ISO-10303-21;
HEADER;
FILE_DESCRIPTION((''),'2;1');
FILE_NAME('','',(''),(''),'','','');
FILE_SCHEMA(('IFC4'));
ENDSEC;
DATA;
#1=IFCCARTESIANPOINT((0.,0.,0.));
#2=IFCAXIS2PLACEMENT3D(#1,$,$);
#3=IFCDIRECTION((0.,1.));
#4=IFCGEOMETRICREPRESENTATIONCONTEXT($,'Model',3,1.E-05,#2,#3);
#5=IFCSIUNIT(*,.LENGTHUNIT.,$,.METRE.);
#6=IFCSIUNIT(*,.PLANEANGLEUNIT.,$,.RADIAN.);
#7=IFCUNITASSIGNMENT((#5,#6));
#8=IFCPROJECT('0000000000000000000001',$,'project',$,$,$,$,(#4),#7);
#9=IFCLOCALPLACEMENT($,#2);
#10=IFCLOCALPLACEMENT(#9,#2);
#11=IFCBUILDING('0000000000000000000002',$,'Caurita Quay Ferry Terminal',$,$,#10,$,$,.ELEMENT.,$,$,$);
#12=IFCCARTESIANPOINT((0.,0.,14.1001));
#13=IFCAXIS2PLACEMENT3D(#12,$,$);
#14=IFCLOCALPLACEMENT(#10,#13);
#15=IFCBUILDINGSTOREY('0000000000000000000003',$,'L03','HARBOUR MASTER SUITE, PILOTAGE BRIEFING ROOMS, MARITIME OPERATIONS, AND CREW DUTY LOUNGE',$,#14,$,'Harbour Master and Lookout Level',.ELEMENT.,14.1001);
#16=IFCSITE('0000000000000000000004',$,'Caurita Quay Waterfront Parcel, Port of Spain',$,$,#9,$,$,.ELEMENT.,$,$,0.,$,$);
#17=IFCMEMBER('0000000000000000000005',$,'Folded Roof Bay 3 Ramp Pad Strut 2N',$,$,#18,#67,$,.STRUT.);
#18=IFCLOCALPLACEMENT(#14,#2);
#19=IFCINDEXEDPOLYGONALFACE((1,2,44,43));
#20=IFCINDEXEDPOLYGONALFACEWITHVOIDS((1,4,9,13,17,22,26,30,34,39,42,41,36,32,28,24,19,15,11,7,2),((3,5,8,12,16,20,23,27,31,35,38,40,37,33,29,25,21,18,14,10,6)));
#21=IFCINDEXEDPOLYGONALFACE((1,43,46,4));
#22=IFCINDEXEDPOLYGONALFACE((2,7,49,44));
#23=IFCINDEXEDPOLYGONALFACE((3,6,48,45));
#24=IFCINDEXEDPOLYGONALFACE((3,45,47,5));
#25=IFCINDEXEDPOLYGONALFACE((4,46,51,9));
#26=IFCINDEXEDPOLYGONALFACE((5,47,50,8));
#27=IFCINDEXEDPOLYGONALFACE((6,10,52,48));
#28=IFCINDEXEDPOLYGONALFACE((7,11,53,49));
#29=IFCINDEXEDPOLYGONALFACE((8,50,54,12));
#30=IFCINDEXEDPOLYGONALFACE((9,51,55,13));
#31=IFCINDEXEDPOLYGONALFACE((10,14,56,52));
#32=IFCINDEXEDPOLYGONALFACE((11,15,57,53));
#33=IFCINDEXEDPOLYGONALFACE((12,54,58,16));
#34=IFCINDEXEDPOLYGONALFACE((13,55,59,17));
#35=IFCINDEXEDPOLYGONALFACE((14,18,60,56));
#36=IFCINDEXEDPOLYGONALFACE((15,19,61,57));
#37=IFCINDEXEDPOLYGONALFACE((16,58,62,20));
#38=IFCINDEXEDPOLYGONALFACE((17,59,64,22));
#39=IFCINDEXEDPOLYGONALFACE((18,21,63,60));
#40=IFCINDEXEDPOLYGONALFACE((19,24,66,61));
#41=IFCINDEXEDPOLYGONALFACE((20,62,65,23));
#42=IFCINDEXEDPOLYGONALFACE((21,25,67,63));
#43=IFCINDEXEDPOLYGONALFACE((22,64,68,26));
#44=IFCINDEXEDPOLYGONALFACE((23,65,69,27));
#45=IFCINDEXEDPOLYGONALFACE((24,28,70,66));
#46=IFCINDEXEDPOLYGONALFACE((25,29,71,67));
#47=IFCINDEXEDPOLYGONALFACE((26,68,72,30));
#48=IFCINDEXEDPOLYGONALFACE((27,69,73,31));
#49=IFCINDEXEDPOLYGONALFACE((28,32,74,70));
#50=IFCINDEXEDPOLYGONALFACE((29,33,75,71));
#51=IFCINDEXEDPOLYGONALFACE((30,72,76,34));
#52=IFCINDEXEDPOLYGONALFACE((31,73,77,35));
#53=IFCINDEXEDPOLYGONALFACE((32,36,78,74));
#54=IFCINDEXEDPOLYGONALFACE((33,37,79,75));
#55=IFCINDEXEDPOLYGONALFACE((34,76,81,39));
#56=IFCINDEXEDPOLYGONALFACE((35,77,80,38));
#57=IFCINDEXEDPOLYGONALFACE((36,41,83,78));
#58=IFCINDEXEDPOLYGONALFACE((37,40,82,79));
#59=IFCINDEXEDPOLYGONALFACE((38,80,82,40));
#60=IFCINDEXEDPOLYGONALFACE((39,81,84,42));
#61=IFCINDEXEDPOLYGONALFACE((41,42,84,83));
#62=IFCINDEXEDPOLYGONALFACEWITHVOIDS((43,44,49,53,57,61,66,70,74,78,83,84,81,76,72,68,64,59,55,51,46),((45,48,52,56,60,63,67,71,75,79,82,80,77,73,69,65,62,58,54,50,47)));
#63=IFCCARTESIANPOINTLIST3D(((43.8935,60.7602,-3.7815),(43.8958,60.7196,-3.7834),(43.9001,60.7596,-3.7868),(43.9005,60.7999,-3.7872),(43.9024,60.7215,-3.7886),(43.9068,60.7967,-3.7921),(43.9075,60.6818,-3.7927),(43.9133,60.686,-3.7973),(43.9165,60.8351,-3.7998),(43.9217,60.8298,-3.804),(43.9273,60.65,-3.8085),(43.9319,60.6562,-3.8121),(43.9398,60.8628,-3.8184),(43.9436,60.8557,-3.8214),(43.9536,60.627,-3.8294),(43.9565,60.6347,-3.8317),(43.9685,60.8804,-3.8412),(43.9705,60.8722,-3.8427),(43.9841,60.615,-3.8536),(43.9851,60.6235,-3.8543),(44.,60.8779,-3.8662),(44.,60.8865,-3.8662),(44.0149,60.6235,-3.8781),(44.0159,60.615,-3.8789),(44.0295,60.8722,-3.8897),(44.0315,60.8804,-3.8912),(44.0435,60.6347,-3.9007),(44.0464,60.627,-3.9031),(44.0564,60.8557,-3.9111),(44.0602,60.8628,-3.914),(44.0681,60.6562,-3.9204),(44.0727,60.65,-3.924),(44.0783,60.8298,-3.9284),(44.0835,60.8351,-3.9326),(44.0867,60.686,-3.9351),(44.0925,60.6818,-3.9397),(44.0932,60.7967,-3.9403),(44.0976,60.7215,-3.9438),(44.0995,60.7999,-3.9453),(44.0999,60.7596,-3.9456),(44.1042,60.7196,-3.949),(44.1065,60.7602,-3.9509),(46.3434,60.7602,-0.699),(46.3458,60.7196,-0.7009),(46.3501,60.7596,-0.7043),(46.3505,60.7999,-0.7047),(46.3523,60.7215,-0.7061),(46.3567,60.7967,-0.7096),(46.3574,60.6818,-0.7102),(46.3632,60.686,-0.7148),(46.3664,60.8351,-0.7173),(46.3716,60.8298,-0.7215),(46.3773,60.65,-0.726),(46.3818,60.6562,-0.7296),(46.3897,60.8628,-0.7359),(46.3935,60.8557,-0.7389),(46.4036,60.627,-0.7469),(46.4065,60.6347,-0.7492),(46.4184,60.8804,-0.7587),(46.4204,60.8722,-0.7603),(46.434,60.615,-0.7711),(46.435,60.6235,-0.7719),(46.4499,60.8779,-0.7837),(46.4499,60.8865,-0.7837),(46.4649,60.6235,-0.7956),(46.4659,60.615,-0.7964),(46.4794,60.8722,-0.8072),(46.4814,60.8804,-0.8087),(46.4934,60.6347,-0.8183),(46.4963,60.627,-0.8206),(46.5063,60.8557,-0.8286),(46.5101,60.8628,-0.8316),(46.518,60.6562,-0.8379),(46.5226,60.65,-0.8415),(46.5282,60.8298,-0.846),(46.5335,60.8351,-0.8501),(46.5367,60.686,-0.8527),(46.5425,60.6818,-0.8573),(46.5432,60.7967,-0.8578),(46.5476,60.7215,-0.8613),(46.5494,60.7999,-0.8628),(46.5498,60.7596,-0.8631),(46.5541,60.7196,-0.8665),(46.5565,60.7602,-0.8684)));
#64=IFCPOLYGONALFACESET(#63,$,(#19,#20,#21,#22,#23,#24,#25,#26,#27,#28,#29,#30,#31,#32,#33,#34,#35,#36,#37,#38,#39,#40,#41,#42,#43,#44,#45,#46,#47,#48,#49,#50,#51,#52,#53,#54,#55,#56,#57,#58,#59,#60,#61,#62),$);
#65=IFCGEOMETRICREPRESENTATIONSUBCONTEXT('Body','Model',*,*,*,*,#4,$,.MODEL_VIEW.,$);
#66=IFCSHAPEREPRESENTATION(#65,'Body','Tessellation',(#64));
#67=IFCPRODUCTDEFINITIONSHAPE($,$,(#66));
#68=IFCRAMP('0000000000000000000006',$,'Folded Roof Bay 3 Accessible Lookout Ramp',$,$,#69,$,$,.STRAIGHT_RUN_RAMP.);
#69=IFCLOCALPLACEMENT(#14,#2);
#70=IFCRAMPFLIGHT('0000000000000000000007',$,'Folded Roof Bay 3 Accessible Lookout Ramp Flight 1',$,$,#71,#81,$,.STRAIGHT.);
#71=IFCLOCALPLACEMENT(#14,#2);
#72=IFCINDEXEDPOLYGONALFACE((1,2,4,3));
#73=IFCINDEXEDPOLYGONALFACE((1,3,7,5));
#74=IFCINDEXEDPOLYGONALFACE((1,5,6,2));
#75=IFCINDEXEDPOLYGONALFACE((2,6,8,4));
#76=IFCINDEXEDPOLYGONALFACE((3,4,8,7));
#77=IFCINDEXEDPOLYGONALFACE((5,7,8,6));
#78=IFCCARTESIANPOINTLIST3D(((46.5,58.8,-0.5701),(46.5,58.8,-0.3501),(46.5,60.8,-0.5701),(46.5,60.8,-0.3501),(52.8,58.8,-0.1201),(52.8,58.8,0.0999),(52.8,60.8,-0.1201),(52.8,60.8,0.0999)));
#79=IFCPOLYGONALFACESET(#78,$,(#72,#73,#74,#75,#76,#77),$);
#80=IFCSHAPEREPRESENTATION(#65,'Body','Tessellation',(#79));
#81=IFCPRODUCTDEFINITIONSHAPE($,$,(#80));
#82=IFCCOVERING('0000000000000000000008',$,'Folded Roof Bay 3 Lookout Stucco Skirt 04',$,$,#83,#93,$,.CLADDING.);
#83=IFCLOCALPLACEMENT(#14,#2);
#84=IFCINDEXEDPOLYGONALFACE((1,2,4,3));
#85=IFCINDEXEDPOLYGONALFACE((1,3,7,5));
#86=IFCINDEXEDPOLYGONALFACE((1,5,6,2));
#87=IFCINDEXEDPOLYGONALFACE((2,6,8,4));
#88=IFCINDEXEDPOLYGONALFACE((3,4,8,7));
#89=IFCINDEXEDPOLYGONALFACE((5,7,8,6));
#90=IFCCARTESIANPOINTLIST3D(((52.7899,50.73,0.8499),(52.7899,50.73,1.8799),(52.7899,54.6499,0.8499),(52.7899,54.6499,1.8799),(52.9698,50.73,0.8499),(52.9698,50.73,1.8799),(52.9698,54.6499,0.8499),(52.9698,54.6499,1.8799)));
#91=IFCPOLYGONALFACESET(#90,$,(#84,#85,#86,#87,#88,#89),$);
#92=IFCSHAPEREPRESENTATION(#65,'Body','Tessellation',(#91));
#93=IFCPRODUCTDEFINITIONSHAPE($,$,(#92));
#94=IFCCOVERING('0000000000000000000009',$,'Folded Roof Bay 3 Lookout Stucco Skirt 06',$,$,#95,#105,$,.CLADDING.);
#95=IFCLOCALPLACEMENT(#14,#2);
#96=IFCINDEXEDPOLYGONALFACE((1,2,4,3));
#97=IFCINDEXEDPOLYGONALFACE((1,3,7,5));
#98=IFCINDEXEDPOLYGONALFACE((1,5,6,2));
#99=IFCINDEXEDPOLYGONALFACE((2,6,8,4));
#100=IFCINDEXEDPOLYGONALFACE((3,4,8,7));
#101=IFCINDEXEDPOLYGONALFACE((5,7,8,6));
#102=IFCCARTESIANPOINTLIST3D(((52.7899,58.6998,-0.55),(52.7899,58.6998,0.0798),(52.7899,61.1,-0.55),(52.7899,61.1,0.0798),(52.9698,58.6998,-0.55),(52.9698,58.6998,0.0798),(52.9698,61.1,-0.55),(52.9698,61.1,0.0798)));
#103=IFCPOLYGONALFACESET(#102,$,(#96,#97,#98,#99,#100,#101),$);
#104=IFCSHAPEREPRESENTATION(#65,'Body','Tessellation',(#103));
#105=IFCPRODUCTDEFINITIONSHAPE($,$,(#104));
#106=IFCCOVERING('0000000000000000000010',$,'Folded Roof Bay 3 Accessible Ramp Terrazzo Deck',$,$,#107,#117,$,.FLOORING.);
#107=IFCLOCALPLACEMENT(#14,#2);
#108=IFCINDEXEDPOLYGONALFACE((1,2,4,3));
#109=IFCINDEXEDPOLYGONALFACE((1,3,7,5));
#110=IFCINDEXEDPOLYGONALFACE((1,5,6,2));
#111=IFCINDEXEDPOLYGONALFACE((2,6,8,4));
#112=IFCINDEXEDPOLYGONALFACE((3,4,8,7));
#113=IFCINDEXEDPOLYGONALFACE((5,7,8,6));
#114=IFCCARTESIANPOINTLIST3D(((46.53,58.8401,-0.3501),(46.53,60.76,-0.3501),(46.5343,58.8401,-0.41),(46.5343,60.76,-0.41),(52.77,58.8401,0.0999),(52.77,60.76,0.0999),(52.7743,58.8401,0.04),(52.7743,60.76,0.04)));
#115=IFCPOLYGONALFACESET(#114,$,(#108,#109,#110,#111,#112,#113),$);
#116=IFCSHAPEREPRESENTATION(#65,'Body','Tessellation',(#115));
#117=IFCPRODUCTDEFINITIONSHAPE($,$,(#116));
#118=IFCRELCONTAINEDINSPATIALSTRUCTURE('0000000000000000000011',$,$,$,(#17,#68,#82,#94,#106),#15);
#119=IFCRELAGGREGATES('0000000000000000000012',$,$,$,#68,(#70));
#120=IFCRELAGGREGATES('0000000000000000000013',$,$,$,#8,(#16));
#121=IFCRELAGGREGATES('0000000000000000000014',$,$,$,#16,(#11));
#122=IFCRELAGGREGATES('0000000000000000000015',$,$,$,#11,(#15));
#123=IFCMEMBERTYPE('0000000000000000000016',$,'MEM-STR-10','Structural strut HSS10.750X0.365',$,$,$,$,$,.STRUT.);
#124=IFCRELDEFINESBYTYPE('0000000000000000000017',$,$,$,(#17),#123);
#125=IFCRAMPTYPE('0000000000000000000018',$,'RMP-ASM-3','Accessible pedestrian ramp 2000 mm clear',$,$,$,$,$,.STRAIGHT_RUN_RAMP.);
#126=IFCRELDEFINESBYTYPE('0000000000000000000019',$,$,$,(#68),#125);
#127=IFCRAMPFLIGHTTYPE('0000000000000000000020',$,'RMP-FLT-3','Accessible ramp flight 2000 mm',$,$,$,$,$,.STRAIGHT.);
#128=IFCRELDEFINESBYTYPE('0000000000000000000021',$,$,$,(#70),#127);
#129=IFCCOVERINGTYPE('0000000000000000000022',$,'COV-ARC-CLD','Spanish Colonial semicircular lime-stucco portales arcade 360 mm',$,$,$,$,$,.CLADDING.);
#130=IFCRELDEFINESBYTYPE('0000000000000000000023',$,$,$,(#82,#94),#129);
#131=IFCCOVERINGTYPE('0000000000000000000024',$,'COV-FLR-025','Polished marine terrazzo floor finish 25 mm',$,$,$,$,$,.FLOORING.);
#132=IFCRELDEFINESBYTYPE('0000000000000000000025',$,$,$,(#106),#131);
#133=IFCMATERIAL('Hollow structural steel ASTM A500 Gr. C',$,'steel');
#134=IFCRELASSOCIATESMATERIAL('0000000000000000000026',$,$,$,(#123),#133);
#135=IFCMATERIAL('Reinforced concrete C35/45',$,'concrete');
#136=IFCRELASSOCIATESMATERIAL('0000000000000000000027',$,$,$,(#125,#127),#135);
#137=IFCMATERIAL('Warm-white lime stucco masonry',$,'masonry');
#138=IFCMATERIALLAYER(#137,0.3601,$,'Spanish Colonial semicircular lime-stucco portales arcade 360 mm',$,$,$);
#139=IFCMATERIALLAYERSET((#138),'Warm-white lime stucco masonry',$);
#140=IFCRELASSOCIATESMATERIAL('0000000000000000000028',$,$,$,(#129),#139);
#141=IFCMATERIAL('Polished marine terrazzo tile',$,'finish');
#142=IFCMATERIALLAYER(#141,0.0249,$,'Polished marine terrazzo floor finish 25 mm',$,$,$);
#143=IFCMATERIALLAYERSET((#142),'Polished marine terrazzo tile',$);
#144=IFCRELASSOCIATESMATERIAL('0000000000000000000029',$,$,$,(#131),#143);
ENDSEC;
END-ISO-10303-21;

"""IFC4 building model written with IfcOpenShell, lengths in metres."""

from ifc_helpers import new_model, si_unit, direction, frame, frame_2d, origin, origin_2d, place, context, subcontext, project, spatial, polyline, rectangle, hollow_circle, outline, extrude, material, layer, layer_set, material_profile, profile_set, type_object, element, aggregate, save


model = new_model("IFC4")

# Units and contexts
model_context = context("Model", 3, precision=1e-05, world=origin(), true_north=direction((0.0, 1.0)))
body_context = subcontext(model_context, "Body", "Model", "MODEL_VIEW")
ifc_project = project(units=[si_unit("LENGTHUNIT", "METRE"), si_unit("PLANEANGLEUNIT", "RADIAN")], contexts=[model_context])

# Site, building, storey
site_placement = place(None, origin())
site = spatial("IfcSite", under=ifc_project, at=site_placement, Name="Caurita Quay Waterfront Parcel, Port of Spain", CompositionType="ELEMENT", RefElevation=0.0)
building_placement = place(site_placement, origin())
building = spatial("IfcBuilding", under=site, at=building_placement, Name="Caurita Quay Ferry Terminal", CompositionType="ELEMENT")
storey_placement = place(building_placement, frame((0.0, 0.0, 14.1001)))
storey = spatial("IfcBuildingStorey", under=building, at=storey_placement, Name="L03", Description="HARBOUR MASTER SUITE, PILOTAGE BRIEFING ROOMS, MARITIME OPERATIONS, AND CREW DUTY LOUNGE", LongName="Harbour Master and Lookout Level", CompositionType="ELEMENT", Elevation=14.1001)

# Shared definitions
ifc_material_1 = material(Name="Reinforced concrete C35/45", Category="concrete")

# Member
ifc_material_2 = material(Name="Hollow structural steel ASTM A500 Gr. C", Category="steel")
ifc_material_profile_1 = material_profile(ifc_material_2, hollow_circle(Radius=0.1365, WallThickness=0.0085, at=origin_2d()), Name="HSS10.750X0.365")
ifc_profile_set_1 = profile_set([ifc_material_profile_1], Name="Hollow structural steel ASTM A500 Gr. C")
member_type_1 = type_object("IfcMemberType", Name="MEM-STR-10", Description="Structural strut HSS10.750X0.365", PredefinedType="STRUT", material=ifc_profile_set_1)
member_1_placement = place(storey_placement, frame((44.0, 60.75, -3.8662), z_axis=(0.622204, 0.0, 0.782855), x_axis=(0.0, 1.0, 0.0)))
element("IfcMember", 1, at=member_1_placement, inside=storey, type_object=member_type_1, Name="Folded Roof Bay 3 Ramp Pad Strut 2N", PredefinedType="STRUT", context=body_context, shape_type="SweptSolid", body=[
    extrude(hollow_circle(Radius=0.1365, WallThickness=0.0085, at=origin_2d()), origin(), (0.0, 0.0, 1.0), 3.9375),
])

# Ramp, ramp flight
ramp_type = type_object("IfcRampType", Name="RMP-ASM-3", Description="Accessible pedestrian ramp 2000 mm clear", PredefinedType="STRAIGHT_RUN_RAMP", material=ifc_material_1)
ramp_placement = place(storey_placement, origin())
ramp = element("IfcRamp", 2, at=ramp_placement, inside=storey, type_object=ramp_type, Name="Folded Roof Bay 3 Accessible Lookout Ramp", PredefinedType="STRAIGHT_RUN_RAMP")
ramp_flight_type = type_object("IfcRampFlightType", Name="RMP-FLT-3", Description="Accessible ramp flight 2000 mm", PredefinedType="STRAIGHT", material=ifc_material_1)
ramp_flight_placement = place(storey_placement, frame((46.5, 59.8, -0.3501), z_axis=(0.0, 0.0, 1.0), x_axis=(1.0, 0.0, 0.0)))
ramp_flight = element("IfcRampFlight", 3, at=ramp_flight_placement, type_object=ramp_flight_type, Name="Folded Roof Bay 3 Accessible Lookout Ramp Flight 1", PredefinedType="STRAIGHT", context=body_context, shape_type="SweptSolid", body=[
    extrude(outline(polyline([(0.0, 0.0), (0.0, -0.22), (6.3, 0.23), (6.3, 0.45), (0.0, 0.0)])), frame((0.0, 1.0, 0.0), z_axis=(0.0, -1.0, 0.0), x_axis=(1.0, 0.0, 0.0)), (0.0, 0.0, 1.0), 2.0),
])
aggregate(ramp, [ramp_flight])

# Coverings
ifc_material_3 = material(Name="Warm-white lime stucco masonry", Category="masonry")
ifc_layer_1 = layer(ifc_material_3, 0.3601, Name="Spanish Colonial semicircular lime-stucco portales arcade 360 mm")
ifc_layer_set_1 = layer_set([ifc_layer_1], Name="Warm-white lime stucco masonry")
covering_type_1 = type_object("IfcCoveringType", Name="COV-ARC-CLD", Description="Spanish Colonial semicircular lime-stucco portales arcade 360 mm", PredefinedType="CLADDING", material=ifc_layer_set_1)
covering_1_placement = place(storey_placement, frame((52.8799, 54.6499, 0.8499), z_axis=(0.0, 0.0, 1.0), x_axis=(0.0, -1.0, 0.0)))
element("IfcCovering", 4, at=covering_1_placement, inside=storey, type_object=covering_type_1, Name="Folded Roof Bay 3 Lookout Stucco Skirt 04", PredefinedType="CLADDING", context=body_context, shape_type="SweptSolid", body=[
    extrude(rectangle(XDim=3.9199, YDim=0.1799, at=frame_2d((1.96, 0.0))), origin(), (0.0, 0.0, 1.0), 1.03),
])
covering_2_placement = place(storey_placement, frame((52.8799, 61.1001, -0.55), z_axis=(0.0, 0.0, 1.0), x_axis=(0.0, -1.0, 0.0)))
element("IfcCovering", 5, at=covering_2_placement, inside=storey, type_object=covering_type_1, Name="Folded Roof Bay 3 Lookout Stucco Skirt 06", PredefinedType="CLADDING", context=body_context, shape_type="SweptSolid", body=[
    extrude(rectangle(XDim=2.4001, YDim=0.1799, at=frame_2d((1.2002, 0.0))), origin(), (0.0, 0.0, 1.0), 0.6299),
])
ifc_material_4 = material(Name="Polished marine terrazzo tile", Category="finish")
ifc_layer_2 = layer(ifc_material_4, 0.0249, Name="Polished marine terrazzo floor finish 25 mm")
ifc_layer_set_2 = layer_set([ifc_layer_2], Name="Polished marine terrazzo tile")
covering_type_2 = type_object("IfcCoveringType", Name="COV-FLR-025", Description="Polished marine terrazzo floor finish 25 mm", PredefinedType="FLOORING", material=ifc_layer_set_2)
covering_3_placement = place(storey_placement, frame((46.53, 58.8401, -0.3501), z_axis=(-0.071921, 0.0, 0.99741), x_axis=(0.99741, 0.0, 0.071921)))
element("IfcCovering", 6, at=covering_3_placement, inside=storey, type_object=covering_type_2, Name="Folded Roof Bay 3 Accessible Ramp Terrazzo Deck", PredefinedType="FLOORING", context=body_context, shape_type="SweptSolid", body=[
    extrude(outline(polyline([(0.0, 0.0), (6.2562, 0.0), (6.2562, 1.9199), (0.0, 1.9199), (0.0, 0.0)])), origin(), (0.0, 0.0, -1.0), 0.0601),
])

save(model, "model.ifc")
